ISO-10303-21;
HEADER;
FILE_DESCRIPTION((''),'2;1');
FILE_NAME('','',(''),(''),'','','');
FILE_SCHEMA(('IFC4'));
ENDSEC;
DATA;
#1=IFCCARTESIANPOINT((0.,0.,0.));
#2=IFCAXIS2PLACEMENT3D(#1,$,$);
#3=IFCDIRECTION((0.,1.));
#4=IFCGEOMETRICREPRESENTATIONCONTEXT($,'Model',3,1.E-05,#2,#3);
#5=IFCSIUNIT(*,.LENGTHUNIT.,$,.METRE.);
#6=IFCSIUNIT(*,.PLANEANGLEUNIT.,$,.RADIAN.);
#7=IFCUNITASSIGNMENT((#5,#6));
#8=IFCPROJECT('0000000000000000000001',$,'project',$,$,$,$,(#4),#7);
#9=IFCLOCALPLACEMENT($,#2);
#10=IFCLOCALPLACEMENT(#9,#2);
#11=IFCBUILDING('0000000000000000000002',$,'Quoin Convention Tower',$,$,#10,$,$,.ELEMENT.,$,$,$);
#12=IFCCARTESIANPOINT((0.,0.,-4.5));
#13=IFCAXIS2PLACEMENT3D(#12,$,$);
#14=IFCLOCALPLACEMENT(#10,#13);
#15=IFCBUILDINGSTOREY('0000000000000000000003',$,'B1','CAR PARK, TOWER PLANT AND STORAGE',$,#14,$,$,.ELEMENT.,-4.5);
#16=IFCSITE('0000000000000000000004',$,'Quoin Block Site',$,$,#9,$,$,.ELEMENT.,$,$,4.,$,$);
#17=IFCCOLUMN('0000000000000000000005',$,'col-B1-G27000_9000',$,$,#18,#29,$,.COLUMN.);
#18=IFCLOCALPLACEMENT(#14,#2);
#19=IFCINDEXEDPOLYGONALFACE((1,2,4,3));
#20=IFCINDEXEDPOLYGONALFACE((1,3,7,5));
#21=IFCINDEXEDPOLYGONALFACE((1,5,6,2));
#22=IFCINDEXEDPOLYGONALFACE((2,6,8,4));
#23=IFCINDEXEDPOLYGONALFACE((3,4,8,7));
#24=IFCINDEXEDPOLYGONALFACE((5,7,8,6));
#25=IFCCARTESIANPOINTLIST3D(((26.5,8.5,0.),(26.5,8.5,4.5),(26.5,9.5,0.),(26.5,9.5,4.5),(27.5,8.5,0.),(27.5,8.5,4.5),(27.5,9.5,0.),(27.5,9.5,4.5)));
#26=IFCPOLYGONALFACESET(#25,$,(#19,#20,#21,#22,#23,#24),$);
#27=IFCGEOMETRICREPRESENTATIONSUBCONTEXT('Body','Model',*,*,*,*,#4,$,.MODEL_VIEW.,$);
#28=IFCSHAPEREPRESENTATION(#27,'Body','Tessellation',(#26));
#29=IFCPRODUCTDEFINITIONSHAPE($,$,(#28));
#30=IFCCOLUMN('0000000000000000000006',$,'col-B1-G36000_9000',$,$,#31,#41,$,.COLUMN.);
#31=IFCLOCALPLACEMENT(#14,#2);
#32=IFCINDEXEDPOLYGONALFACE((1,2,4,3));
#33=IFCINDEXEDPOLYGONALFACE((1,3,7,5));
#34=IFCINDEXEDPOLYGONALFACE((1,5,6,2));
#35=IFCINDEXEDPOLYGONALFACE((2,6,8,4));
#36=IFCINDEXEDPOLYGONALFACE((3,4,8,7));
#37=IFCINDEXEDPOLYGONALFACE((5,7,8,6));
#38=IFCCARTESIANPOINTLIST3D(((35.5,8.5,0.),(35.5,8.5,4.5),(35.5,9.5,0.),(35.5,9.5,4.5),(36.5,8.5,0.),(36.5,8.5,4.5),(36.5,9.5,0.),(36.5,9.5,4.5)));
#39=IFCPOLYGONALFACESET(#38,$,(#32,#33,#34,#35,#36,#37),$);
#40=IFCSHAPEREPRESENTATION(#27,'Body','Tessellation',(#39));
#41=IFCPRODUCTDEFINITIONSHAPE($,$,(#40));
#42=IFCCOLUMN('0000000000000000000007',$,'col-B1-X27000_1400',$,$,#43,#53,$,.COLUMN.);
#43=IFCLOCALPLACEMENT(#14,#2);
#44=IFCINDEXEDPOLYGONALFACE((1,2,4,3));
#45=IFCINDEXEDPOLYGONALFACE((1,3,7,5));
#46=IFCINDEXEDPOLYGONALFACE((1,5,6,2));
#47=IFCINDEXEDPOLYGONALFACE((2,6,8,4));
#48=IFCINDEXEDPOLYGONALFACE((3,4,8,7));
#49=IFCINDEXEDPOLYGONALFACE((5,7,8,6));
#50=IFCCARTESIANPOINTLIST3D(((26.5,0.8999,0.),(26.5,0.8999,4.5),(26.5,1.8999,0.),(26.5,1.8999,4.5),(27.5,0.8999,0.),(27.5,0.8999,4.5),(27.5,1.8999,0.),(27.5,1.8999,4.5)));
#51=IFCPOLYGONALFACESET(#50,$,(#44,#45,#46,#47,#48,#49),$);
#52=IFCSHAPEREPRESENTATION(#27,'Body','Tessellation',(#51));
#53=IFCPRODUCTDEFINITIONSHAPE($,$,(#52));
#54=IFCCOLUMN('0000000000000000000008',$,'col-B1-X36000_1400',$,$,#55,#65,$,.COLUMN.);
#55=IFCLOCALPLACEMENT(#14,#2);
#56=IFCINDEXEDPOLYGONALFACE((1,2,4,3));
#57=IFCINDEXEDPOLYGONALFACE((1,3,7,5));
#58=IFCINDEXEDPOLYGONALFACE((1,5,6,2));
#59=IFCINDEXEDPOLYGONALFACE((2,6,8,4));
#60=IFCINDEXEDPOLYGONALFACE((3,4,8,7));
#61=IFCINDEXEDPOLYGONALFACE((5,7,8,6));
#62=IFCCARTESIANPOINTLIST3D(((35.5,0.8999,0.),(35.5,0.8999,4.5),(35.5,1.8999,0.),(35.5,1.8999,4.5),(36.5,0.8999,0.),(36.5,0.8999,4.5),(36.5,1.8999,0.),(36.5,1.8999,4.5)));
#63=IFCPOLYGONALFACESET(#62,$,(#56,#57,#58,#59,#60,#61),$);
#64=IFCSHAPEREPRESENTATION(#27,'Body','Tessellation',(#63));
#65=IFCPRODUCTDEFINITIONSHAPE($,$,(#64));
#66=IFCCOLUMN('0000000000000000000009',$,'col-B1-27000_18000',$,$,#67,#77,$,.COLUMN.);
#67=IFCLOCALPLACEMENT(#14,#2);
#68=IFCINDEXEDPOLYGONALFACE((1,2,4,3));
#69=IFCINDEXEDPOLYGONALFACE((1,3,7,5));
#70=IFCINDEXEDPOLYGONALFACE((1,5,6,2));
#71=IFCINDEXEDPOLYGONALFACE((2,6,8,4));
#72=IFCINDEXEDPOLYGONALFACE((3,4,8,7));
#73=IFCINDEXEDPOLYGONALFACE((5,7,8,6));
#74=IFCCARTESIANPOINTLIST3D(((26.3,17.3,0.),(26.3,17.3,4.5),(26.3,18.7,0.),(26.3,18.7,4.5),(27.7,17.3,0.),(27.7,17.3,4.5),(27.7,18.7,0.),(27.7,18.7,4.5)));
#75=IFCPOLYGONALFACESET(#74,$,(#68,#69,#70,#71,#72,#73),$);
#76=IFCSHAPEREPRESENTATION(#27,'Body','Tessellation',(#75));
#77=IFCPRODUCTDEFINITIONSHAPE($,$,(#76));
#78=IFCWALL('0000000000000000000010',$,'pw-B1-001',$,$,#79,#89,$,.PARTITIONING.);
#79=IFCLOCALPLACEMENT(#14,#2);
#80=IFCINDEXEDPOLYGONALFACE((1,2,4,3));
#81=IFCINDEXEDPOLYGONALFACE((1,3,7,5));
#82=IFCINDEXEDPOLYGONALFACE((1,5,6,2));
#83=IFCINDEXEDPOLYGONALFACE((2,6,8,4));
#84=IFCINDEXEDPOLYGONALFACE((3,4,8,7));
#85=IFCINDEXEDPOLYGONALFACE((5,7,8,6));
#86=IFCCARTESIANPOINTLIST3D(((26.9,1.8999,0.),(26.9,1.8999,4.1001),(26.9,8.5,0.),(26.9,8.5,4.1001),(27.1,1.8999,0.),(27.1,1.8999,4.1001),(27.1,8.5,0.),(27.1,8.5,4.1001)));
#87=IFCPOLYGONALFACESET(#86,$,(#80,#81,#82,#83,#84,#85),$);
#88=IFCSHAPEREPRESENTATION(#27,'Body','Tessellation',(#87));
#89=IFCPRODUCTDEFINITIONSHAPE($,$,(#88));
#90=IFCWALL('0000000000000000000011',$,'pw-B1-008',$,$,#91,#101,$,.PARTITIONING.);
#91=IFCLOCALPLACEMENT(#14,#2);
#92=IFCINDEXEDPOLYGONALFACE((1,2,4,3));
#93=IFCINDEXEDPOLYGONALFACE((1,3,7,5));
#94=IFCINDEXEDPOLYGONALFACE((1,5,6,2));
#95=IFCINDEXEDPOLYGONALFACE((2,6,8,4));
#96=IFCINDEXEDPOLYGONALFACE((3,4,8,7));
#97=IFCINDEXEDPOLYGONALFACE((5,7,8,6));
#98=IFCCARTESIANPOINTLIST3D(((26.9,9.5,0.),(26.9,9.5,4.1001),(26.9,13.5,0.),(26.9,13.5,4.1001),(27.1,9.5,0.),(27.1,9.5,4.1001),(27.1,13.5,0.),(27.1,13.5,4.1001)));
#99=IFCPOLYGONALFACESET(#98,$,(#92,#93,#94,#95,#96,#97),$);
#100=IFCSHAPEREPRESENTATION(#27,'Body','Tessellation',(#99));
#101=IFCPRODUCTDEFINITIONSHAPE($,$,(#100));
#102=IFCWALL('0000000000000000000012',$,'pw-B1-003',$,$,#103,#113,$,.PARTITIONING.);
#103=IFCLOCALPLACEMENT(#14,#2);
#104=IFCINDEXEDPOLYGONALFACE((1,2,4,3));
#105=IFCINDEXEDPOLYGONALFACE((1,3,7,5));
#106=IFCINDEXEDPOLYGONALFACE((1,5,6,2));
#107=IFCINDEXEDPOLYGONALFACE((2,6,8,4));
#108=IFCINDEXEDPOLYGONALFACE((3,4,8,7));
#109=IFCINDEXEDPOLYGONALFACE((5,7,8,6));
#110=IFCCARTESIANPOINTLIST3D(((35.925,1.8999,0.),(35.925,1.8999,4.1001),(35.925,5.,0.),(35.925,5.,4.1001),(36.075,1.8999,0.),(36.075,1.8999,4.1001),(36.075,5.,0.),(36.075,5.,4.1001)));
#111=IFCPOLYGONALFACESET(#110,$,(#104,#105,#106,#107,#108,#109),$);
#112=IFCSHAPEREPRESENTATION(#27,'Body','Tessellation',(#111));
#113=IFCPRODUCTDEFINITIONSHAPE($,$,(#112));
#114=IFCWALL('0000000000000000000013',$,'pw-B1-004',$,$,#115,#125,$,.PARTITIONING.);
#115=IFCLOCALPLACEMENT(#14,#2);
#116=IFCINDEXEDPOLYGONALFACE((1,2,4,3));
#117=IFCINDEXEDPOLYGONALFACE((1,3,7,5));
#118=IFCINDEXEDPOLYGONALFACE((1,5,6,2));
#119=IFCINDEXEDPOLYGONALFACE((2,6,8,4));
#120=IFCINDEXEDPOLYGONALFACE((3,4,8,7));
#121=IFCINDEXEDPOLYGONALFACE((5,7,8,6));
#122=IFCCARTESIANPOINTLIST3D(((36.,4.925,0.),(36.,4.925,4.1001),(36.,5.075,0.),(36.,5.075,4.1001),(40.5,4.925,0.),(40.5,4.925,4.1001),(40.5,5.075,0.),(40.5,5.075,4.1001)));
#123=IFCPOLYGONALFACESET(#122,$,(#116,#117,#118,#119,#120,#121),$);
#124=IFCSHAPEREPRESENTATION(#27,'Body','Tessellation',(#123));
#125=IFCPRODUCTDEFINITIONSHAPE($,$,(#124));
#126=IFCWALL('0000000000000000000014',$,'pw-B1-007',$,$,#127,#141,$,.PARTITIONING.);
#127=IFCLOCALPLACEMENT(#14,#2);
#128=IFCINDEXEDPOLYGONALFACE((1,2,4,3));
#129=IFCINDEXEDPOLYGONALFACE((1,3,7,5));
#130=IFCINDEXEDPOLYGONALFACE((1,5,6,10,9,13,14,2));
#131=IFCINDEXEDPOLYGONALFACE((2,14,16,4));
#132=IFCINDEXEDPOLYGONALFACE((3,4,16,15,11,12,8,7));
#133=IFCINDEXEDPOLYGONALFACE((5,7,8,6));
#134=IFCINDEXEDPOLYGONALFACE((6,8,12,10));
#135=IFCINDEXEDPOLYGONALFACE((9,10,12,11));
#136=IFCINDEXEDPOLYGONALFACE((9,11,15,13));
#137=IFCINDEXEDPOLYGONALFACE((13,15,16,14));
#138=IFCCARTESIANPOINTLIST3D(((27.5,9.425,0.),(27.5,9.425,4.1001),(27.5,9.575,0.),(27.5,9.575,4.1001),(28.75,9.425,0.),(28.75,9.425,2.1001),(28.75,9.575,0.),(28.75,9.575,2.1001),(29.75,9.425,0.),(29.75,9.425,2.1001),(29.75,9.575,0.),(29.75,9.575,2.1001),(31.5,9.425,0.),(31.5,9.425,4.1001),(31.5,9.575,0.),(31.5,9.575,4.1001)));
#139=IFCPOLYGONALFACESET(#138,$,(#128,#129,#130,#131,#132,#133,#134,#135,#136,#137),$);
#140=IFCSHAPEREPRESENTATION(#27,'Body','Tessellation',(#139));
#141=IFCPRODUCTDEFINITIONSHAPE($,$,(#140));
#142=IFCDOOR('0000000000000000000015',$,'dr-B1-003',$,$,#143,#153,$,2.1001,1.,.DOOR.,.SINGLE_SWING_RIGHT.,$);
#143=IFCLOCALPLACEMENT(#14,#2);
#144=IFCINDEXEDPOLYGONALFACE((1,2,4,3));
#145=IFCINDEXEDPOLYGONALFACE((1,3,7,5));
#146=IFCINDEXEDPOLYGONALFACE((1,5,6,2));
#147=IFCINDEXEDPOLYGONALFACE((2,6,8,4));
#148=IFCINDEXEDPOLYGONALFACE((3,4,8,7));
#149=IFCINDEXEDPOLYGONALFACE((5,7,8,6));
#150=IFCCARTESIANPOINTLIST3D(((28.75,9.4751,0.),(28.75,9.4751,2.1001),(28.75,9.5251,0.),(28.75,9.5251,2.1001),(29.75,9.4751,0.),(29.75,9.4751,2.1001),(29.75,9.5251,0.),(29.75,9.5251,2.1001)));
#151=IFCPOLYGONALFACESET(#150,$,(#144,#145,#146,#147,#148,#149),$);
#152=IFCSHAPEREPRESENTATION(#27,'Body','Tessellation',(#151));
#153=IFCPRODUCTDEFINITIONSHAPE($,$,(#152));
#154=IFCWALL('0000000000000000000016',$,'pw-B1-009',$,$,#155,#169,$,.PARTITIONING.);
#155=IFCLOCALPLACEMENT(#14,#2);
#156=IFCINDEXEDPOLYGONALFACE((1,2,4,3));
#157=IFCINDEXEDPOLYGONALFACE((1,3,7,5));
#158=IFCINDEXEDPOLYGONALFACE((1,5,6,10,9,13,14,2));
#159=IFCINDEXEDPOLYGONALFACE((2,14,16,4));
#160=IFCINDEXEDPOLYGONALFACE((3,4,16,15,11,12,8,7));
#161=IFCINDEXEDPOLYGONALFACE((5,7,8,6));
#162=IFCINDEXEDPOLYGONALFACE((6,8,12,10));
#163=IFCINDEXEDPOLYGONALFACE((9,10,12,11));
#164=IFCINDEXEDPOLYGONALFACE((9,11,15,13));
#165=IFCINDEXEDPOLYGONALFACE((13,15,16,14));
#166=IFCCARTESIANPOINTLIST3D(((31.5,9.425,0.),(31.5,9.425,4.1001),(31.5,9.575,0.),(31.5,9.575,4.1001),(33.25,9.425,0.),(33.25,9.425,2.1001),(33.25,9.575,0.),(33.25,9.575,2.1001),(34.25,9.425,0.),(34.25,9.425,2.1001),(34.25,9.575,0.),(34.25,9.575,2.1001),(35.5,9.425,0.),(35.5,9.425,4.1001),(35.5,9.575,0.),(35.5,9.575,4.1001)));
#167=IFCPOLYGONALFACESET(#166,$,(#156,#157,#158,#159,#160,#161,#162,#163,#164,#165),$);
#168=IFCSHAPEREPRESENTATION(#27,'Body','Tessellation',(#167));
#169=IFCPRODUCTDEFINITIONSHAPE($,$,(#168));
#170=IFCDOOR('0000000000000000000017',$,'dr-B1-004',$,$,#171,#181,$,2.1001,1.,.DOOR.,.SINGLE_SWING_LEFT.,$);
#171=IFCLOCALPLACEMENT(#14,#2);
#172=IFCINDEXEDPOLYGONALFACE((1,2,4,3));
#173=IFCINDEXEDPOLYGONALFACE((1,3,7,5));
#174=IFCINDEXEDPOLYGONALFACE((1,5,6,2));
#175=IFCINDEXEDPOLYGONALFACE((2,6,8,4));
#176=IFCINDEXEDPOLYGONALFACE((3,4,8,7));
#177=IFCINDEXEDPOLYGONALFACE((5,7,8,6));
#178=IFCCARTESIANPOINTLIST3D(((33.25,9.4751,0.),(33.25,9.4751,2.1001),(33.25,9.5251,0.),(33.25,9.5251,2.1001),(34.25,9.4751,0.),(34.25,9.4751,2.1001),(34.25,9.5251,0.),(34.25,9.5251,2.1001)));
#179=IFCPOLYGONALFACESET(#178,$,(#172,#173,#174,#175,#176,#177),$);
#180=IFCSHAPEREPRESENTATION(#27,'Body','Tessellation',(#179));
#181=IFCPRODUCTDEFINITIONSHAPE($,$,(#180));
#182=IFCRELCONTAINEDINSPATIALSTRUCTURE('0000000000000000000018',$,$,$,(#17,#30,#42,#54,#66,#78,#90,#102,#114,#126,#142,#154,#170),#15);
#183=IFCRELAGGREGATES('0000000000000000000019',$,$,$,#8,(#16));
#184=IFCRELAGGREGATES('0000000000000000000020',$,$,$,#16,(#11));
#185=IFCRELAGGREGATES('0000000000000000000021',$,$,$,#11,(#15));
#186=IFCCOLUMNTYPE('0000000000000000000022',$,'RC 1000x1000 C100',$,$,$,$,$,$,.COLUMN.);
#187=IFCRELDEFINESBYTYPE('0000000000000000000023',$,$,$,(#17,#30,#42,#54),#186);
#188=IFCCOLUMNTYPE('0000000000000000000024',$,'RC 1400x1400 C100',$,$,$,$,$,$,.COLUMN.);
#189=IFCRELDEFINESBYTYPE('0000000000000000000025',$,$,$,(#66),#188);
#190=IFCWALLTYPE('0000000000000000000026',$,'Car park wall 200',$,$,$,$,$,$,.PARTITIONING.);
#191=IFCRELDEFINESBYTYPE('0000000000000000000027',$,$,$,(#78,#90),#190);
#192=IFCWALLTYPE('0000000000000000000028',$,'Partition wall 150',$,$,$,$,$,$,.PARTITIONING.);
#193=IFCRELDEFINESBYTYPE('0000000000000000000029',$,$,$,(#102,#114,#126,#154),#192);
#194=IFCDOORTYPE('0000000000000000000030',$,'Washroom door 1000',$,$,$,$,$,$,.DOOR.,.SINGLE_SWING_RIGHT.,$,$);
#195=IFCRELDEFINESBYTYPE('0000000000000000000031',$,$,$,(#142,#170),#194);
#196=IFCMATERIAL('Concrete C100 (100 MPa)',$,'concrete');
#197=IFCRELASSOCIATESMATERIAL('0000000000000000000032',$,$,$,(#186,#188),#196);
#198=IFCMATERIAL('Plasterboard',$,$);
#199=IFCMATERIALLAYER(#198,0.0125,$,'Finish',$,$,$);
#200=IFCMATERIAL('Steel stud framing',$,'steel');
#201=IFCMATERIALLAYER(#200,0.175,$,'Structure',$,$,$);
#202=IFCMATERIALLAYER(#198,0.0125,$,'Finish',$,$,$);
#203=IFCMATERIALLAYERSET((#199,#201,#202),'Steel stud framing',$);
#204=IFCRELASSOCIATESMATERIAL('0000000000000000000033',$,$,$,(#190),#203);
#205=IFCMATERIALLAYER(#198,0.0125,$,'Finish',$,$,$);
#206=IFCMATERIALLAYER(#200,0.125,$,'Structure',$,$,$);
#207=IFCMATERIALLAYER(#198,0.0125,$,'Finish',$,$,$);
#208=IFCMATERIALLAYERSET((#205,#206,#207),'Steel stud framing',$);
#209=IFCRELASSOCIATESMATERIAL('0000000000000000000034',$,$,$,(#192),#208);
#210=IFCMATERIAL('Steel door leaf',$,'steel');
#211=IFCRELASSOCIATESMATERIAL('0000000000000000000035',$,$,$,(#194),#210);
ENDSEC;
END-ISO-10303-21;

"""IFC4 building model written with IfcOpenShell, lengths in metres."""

from ifc_helpers import new_model, si_unit, direction, frame, frame_2d, origin, origin_2d, place, context, subcontext, project, spatial, rectangle, extrude, material, layer, layer_set, material_profile, profile_set, type_object, element, fill, save


model = new_model("IFC4")

# Units and contexts
model_context = context("Model", 3, precision=1e-05, world=origin(), true_north=direction((0.0, 1.0)))
body_context = subcontext(model_context, "Body", "Model", "MODEL_VIEW")
ifc_project = project(units=[si_unit("LENGTHUNIT", "METRE"), si_unit("PLANEANGLEUNIT", "RADIAN")], contexts=[model_context])

# Site, building, storey
site_placement = place(None, origin())
site = spatial("IfcSite", under=ifc_project, at=site_placement, Name="Quoin Block Site", CompositionType="ELEMENT", RefElevation=4.0)
building_placement = place(site_placement, origin())
building = spatial("IfcBuilding", under=site, at=building_placement, Name="Quoin Convention Tower", CompositionType="ELEMENT")
storey_placement = place(building_placement, frame((0.0, 0.0, -4.5)))
storey = spatial("IfcBuildingStorey", under=building, at=storey_placement, Name="B1", Description="CAR PARK, TOWER PLANT AND STORAGE", CompositionType="ELEMENT", Elevation=-4.5)

# Columns
ifc_material_1 = material(Name="Concrete C100 (100 MPa)", Category="concrete")
ifc_material_profile_1 = material_profile(ifc_material_1, rectangle(XDim=1.0, YDim=1.0, at=origin_2d()), Name="RC 1000x1000")
ifc_profile_set_1 = profile_set([ifc_material_profile_1], Name="Concrete C100 (100 MPa)")
column_type_1 = type_object("IfcColumnType", Name="RC 1000x1000 C100", PredefinedType="COLUMN", material=ifc_profile_set_1)
for number, where, z_axis, x_axis, name in (
    (1, (27.0, 9.0, 0.0), (0.0, 0.0, 1.0), (1.0, 0.0, 0.0), "col-B1-G27000_9000"),
    (2, (36.0, 9.0, 0.0), (0.0, 0.0, 1.0), (1.0, 0.0, 0.0), "col-B1-G36000_9000"),
    (3, (27.0, 1.3999, 0.0), (0.0, 0.0, 1.0), (1.0, 0.0, 0.0), "col-B1-X27000_1400"),
    (4, (36.0, 1.3999, 0.0), (0.0, 0.0, 1.0), (1.0, 0.0, 0.0), "col-B1-X36000_1400"),
):
    element("IfcColumn", number, at=place(storey_placement, frame(where, z_axis=z_axis, x_axis=x_axis)), inside=storey, type_object=column_type_1, Name=name, PredefinedType="COLUMN", context=body_context, shape_type="SweptSolid", body=[
        extrude(rectangle(XDim=1.0, YDim=1.0, at=origin_2d()), origin(), (0.0, 0.0, 1.0), 4.5),
    ])
ifc_material_profile_2 = material_profile(ifc_material_1, rectangle(XDim=1.3999, YDim=1.3999, at=origin_2d()), Name="RC 1400x1400")
ifc_profile_set_2 = profile_set([ifc_material_profile_2], Name="Concrete C100 (100 MPa)")
column_type_2 = type_object("IfcColumnType", Name="RC 1400x1400 C100", PredefinedType="COLUMN", material=ifc_profile_set_2)
column_placement = place(storey_placement, frame((27.0, 18.0, 0.0), z_axis=(0.0, 0.0, 1.0), x_axis=(1.0, 0.0, 0.0)))
element("IfcColumn", 5, at=column_placement, inside=storey, type_object=column_type_2, Name="col-B1-27000_18000", PredefinedType="COLUMN", context=body_context, shape_type="SweptSolid", body=[
    extrude(rectangle(XDim=1.3999, YDim=1.3999, at=origin_2d()), origin(), (0.0, 0.0, 1.0), 4.5),
])

# Walls
ifc_material_2 = material(Name="Plasterboard")
ifc_layer_1 = layer(ifc_material_2, 0.0125, Name="Finish")
ifc_material_3 = material(Name="Steel stud framing", Category="steel")
ifc_layer_2 = layer(ifc_material_3, 0.175, Name="Structure")
ifc_layer_3 = layer(ifc_material_2, 0.0125, Name="Finish")
ifc_layer_set_1 = layer_set([ifc_layer_1, ifc_layer_2, ifc_layer_3], Name="Steel stud framing")
wall_type_1 = type_object("IfcWallType", Name="Car park wall 200", PredefinedType="PARTITIONING", material=ifc_layer_set_1)
wall_1_placement = place(storey_placement, frame((27.0, 1.8999, 0.0), z_axis=(0.0, 0.0, 1.0), x_axis=(0.0, 1.0, 0.0)))
element("IfcWall", 6, at=wall_1_placement, inside=storey, type_object=wall_type_1, Name="pw-B1-001", PredefinedType="PARTITIONING", context=body_context, shape_type="SweptSolid", body=[
    extrude(rectangle(XDim=6.6001, YDim=0.2, at=frame_2d((3.3, 0.0))), origin(), (0.0, 0.0, 1.0), 4.1001),
])
wall_2_placement = place(storey_placement, frame((27.0, 9.5, 0.0), z_axis=(0.0, 0.0, 1.0), x_axis=(0.0, 1.0, 0.0)))
element("IfcWall", 7, at=wall_2_placement, inside=storey, type_object=wall_type_1, Name="pw-B1-008", PredefinedType="PARTITIONING", context=body_context, shape_type="SweptSolid", body=[
    extrude(rectangle(XDim=4.0, YDim=0.2, at=frame_2d((2.0, 0.0))), origin(), (0.0, 0.0, 1.0), 4.1001),
])
ifc_layer_4 = layer(ifc_material_2, 0.0125, Name="Finish")
ifc_layer_5 = layer(ifc_material_3, 0.125, Name="Structure")
ifc_layer_6 = layer(ifc_material_2, 0.0125, Name="Finish")
ifc_layer_set_2 = layer_set([ifc_layer_4, ifc_layer_5, ifc_layer_6], Name="Steel stud framing")
wall_type_2 = type_object("IfcWallType", Name="Partition wall 150", PredefinedType="PARTITIONING", material=ifc_layer_set_2)
wall_3_placement = place(storey_placement, frame((36.0, 1.8999, 0.0), z_axis=(0.0, 0.0, 1.0), x_axis=(0.0, 1.0, 0.0)))
element("IfcWall", 8, at=wall_3_placement, inside=storey, type_object=wall_type_2, Name="pw-B1-003", PredefinedType="PARTITIONING", context=body_context, shape_type="SweptSolid", body=[
    extrude(rectangle(XDim=3.1001, YDim=0.1499, at=frame_2d((1.55, 0.0))), origin(), (0.0, 0.0, 1.0), 4.1001),
])
wall_4_placement = place(storey_placement, frame((36.0, 5.0, 0.0), z_axis=(0.0, 0.0, 1.0), x_axis=(1.0, 0.0, 0.0)))
element("IfcWall", 9, at=wall_4_placement, inside=storey, type_object=wall_type_2, Name="pw-B1-004", PredefinedType="PARTITIONING", context=body_context, shape_type="SweptSolid", body=[
    extrude(rectangle(XDim=4.5, YDim=0.1499, at=frame_2d((2.25, 0.0))), origin(), (0.0, 0.0, 1.0), 4.1001),
])

# Walls, openings, doors
wall_5_placement = place(storey_placement, frame((27.5, 9.5, 0.0), z_axis=(0.0, 0.0, 1.0), x_axis=(1.0, 0.0, 0.0)))
wall_5 = element("IfcWall", 10, at=wall_5_placement, inside=storey, type_object=wall_type_2, Name="pw-B1-007", PredefinedType="PARTITIONING", context=body_context, shape_type="SweptSolid", body=[
    extrude(rectangle(XDim=4.0, YDim=0.1499, at=frame_2d((2.0, 0.0))), origin(), (0.0, 0.0, 1.0), 4.1001),
])
opening_1_placement = place(wall_5_placement, frame((1.25, 0.0, 0.0)))
opening_1 = element("IfcOpeningElement", 11, at=opening_1_placement, cuts=wall_5, PredefinedType="OPENING", context=body_context, shape_type="SweptSolid", body=[
    extrude(rectangle(XDim=1.0, YDim=2.1001, at=frame_2d((0.5, 1.05))), frame((0.0, 0.085, 0.0), z_axis=(0.0, -1.0, 0.0), x_axis=(1.0, 0.0, 0.0)), (0.0, 0.0, 1.0), 0.1699),
])
ifc_material_4 = material(Name="Steel door leaf", Category="steel")
door_type_1 = type_object("IfcDoorType", Name="Washroom door 1000", OperationType="SINGLE_SWING_RIGHT", PredefinedType="DOOR", material=ifc_material_4)
door_1_placement = place(opening_1_placement, frame((1.0, 0.0, 0.0), z_axis=(0.0, 0.0, 1.0), x_axis=(-1.0, 0.0, 0.0)))
door_1 = element("IfcDoor", 12, at=door_1_placement, inside=storey, type_object=door_type_1, Name="dr-B1-003", OperationType="SINGLE_SWING_RIGHT", OverallHeight=2.1001, OverallWidth=1.0, PredefinedType="DOOR", context=body_context, shape_type="SweptSolid", body=[
    extrude(rectangle(XDim=1.0, YDim=2.1001, at=frame_2d((0.5, 1.05))), frame((0.0, 0.0249, 0.0), z_axis=(0.0, -1.0, 0.0), x_axis=(1.0, 0.0, 0.0)), (0.0, 0.0, 1.0), 0.05),
])
fill(opening_1, door_1)
wall_6_placement = place(storey_placement, frame((31.5, 9.5, 0.0), z_axis=(0.0, 0.0, 1.0), x_axis=(1.0, 0.0, 0.0)))
wall_6 = element("IfcWall", 13, at=wall_6_placement, inside=storey, type_object=wall_type_2, Name="pw-B1-009", PredefinedType="PARTITIONING", context=body_context, shape_type="SweptSolid", body=[
    extrude(rectangle(XDim=4.0, YDim=0.1499, at=frame_2d((2.0, 0.0))), origin(), (0.0, 0.0, 1.0), 4.1001),
])
opening_2_placement = place(wall_6_placement, frame((1.75, 0.0, 0.0)))
opening_2 = element("IfcOpeningElement", 14, at=opening_2_placement, cuts=wall_6, PredefinedType="OPENING", context=body_context, shape_type="SweptSolid", body=[
    extrude(rectangle(XDim=1.0, YDim=2.1001, at=frame_2d((0.5, 1.05))), frame((0.0, 0.085, 0.0), z_axis=(0.0, -1.0, 0.0), x_axis=(1.0, 0.0, 0.0)), (0.0, 0.0, 1.0), 0.1699),
])
door_2_placement = place(opening_2_placement, frame((1.0, 0.0, 0.0), z_axis=(0.0, 0.0, 1.0), x_axis=(-1.0, 0.0, 0.0)))
door_2 = element("IfcDoor", 15, at=door_2_placement, inside=storey, type_object=door_type_1, Name="dr-B1-004", OperationType="SINGLE_SWING_LEFT", OverallHeight=2.1001, OverallWidth=1.0, PredefinedType="DOOR", context=body_context, shape_type="SweptSolid", body=[
    extrude(rectangle(XDim=1.0, YDim=2.1001, at=frame_2d((0.5, 1.05))), frame((0.0, 0.0249, 0.0), z_axis=(0.0, -1.0, 0.0), x_axis=(1.0, 0.0, 0.0)), (0.0, 0.0, 1.0), 0.05),
])
fill(opening_2, door_2)

save(model, "model.ifc")
